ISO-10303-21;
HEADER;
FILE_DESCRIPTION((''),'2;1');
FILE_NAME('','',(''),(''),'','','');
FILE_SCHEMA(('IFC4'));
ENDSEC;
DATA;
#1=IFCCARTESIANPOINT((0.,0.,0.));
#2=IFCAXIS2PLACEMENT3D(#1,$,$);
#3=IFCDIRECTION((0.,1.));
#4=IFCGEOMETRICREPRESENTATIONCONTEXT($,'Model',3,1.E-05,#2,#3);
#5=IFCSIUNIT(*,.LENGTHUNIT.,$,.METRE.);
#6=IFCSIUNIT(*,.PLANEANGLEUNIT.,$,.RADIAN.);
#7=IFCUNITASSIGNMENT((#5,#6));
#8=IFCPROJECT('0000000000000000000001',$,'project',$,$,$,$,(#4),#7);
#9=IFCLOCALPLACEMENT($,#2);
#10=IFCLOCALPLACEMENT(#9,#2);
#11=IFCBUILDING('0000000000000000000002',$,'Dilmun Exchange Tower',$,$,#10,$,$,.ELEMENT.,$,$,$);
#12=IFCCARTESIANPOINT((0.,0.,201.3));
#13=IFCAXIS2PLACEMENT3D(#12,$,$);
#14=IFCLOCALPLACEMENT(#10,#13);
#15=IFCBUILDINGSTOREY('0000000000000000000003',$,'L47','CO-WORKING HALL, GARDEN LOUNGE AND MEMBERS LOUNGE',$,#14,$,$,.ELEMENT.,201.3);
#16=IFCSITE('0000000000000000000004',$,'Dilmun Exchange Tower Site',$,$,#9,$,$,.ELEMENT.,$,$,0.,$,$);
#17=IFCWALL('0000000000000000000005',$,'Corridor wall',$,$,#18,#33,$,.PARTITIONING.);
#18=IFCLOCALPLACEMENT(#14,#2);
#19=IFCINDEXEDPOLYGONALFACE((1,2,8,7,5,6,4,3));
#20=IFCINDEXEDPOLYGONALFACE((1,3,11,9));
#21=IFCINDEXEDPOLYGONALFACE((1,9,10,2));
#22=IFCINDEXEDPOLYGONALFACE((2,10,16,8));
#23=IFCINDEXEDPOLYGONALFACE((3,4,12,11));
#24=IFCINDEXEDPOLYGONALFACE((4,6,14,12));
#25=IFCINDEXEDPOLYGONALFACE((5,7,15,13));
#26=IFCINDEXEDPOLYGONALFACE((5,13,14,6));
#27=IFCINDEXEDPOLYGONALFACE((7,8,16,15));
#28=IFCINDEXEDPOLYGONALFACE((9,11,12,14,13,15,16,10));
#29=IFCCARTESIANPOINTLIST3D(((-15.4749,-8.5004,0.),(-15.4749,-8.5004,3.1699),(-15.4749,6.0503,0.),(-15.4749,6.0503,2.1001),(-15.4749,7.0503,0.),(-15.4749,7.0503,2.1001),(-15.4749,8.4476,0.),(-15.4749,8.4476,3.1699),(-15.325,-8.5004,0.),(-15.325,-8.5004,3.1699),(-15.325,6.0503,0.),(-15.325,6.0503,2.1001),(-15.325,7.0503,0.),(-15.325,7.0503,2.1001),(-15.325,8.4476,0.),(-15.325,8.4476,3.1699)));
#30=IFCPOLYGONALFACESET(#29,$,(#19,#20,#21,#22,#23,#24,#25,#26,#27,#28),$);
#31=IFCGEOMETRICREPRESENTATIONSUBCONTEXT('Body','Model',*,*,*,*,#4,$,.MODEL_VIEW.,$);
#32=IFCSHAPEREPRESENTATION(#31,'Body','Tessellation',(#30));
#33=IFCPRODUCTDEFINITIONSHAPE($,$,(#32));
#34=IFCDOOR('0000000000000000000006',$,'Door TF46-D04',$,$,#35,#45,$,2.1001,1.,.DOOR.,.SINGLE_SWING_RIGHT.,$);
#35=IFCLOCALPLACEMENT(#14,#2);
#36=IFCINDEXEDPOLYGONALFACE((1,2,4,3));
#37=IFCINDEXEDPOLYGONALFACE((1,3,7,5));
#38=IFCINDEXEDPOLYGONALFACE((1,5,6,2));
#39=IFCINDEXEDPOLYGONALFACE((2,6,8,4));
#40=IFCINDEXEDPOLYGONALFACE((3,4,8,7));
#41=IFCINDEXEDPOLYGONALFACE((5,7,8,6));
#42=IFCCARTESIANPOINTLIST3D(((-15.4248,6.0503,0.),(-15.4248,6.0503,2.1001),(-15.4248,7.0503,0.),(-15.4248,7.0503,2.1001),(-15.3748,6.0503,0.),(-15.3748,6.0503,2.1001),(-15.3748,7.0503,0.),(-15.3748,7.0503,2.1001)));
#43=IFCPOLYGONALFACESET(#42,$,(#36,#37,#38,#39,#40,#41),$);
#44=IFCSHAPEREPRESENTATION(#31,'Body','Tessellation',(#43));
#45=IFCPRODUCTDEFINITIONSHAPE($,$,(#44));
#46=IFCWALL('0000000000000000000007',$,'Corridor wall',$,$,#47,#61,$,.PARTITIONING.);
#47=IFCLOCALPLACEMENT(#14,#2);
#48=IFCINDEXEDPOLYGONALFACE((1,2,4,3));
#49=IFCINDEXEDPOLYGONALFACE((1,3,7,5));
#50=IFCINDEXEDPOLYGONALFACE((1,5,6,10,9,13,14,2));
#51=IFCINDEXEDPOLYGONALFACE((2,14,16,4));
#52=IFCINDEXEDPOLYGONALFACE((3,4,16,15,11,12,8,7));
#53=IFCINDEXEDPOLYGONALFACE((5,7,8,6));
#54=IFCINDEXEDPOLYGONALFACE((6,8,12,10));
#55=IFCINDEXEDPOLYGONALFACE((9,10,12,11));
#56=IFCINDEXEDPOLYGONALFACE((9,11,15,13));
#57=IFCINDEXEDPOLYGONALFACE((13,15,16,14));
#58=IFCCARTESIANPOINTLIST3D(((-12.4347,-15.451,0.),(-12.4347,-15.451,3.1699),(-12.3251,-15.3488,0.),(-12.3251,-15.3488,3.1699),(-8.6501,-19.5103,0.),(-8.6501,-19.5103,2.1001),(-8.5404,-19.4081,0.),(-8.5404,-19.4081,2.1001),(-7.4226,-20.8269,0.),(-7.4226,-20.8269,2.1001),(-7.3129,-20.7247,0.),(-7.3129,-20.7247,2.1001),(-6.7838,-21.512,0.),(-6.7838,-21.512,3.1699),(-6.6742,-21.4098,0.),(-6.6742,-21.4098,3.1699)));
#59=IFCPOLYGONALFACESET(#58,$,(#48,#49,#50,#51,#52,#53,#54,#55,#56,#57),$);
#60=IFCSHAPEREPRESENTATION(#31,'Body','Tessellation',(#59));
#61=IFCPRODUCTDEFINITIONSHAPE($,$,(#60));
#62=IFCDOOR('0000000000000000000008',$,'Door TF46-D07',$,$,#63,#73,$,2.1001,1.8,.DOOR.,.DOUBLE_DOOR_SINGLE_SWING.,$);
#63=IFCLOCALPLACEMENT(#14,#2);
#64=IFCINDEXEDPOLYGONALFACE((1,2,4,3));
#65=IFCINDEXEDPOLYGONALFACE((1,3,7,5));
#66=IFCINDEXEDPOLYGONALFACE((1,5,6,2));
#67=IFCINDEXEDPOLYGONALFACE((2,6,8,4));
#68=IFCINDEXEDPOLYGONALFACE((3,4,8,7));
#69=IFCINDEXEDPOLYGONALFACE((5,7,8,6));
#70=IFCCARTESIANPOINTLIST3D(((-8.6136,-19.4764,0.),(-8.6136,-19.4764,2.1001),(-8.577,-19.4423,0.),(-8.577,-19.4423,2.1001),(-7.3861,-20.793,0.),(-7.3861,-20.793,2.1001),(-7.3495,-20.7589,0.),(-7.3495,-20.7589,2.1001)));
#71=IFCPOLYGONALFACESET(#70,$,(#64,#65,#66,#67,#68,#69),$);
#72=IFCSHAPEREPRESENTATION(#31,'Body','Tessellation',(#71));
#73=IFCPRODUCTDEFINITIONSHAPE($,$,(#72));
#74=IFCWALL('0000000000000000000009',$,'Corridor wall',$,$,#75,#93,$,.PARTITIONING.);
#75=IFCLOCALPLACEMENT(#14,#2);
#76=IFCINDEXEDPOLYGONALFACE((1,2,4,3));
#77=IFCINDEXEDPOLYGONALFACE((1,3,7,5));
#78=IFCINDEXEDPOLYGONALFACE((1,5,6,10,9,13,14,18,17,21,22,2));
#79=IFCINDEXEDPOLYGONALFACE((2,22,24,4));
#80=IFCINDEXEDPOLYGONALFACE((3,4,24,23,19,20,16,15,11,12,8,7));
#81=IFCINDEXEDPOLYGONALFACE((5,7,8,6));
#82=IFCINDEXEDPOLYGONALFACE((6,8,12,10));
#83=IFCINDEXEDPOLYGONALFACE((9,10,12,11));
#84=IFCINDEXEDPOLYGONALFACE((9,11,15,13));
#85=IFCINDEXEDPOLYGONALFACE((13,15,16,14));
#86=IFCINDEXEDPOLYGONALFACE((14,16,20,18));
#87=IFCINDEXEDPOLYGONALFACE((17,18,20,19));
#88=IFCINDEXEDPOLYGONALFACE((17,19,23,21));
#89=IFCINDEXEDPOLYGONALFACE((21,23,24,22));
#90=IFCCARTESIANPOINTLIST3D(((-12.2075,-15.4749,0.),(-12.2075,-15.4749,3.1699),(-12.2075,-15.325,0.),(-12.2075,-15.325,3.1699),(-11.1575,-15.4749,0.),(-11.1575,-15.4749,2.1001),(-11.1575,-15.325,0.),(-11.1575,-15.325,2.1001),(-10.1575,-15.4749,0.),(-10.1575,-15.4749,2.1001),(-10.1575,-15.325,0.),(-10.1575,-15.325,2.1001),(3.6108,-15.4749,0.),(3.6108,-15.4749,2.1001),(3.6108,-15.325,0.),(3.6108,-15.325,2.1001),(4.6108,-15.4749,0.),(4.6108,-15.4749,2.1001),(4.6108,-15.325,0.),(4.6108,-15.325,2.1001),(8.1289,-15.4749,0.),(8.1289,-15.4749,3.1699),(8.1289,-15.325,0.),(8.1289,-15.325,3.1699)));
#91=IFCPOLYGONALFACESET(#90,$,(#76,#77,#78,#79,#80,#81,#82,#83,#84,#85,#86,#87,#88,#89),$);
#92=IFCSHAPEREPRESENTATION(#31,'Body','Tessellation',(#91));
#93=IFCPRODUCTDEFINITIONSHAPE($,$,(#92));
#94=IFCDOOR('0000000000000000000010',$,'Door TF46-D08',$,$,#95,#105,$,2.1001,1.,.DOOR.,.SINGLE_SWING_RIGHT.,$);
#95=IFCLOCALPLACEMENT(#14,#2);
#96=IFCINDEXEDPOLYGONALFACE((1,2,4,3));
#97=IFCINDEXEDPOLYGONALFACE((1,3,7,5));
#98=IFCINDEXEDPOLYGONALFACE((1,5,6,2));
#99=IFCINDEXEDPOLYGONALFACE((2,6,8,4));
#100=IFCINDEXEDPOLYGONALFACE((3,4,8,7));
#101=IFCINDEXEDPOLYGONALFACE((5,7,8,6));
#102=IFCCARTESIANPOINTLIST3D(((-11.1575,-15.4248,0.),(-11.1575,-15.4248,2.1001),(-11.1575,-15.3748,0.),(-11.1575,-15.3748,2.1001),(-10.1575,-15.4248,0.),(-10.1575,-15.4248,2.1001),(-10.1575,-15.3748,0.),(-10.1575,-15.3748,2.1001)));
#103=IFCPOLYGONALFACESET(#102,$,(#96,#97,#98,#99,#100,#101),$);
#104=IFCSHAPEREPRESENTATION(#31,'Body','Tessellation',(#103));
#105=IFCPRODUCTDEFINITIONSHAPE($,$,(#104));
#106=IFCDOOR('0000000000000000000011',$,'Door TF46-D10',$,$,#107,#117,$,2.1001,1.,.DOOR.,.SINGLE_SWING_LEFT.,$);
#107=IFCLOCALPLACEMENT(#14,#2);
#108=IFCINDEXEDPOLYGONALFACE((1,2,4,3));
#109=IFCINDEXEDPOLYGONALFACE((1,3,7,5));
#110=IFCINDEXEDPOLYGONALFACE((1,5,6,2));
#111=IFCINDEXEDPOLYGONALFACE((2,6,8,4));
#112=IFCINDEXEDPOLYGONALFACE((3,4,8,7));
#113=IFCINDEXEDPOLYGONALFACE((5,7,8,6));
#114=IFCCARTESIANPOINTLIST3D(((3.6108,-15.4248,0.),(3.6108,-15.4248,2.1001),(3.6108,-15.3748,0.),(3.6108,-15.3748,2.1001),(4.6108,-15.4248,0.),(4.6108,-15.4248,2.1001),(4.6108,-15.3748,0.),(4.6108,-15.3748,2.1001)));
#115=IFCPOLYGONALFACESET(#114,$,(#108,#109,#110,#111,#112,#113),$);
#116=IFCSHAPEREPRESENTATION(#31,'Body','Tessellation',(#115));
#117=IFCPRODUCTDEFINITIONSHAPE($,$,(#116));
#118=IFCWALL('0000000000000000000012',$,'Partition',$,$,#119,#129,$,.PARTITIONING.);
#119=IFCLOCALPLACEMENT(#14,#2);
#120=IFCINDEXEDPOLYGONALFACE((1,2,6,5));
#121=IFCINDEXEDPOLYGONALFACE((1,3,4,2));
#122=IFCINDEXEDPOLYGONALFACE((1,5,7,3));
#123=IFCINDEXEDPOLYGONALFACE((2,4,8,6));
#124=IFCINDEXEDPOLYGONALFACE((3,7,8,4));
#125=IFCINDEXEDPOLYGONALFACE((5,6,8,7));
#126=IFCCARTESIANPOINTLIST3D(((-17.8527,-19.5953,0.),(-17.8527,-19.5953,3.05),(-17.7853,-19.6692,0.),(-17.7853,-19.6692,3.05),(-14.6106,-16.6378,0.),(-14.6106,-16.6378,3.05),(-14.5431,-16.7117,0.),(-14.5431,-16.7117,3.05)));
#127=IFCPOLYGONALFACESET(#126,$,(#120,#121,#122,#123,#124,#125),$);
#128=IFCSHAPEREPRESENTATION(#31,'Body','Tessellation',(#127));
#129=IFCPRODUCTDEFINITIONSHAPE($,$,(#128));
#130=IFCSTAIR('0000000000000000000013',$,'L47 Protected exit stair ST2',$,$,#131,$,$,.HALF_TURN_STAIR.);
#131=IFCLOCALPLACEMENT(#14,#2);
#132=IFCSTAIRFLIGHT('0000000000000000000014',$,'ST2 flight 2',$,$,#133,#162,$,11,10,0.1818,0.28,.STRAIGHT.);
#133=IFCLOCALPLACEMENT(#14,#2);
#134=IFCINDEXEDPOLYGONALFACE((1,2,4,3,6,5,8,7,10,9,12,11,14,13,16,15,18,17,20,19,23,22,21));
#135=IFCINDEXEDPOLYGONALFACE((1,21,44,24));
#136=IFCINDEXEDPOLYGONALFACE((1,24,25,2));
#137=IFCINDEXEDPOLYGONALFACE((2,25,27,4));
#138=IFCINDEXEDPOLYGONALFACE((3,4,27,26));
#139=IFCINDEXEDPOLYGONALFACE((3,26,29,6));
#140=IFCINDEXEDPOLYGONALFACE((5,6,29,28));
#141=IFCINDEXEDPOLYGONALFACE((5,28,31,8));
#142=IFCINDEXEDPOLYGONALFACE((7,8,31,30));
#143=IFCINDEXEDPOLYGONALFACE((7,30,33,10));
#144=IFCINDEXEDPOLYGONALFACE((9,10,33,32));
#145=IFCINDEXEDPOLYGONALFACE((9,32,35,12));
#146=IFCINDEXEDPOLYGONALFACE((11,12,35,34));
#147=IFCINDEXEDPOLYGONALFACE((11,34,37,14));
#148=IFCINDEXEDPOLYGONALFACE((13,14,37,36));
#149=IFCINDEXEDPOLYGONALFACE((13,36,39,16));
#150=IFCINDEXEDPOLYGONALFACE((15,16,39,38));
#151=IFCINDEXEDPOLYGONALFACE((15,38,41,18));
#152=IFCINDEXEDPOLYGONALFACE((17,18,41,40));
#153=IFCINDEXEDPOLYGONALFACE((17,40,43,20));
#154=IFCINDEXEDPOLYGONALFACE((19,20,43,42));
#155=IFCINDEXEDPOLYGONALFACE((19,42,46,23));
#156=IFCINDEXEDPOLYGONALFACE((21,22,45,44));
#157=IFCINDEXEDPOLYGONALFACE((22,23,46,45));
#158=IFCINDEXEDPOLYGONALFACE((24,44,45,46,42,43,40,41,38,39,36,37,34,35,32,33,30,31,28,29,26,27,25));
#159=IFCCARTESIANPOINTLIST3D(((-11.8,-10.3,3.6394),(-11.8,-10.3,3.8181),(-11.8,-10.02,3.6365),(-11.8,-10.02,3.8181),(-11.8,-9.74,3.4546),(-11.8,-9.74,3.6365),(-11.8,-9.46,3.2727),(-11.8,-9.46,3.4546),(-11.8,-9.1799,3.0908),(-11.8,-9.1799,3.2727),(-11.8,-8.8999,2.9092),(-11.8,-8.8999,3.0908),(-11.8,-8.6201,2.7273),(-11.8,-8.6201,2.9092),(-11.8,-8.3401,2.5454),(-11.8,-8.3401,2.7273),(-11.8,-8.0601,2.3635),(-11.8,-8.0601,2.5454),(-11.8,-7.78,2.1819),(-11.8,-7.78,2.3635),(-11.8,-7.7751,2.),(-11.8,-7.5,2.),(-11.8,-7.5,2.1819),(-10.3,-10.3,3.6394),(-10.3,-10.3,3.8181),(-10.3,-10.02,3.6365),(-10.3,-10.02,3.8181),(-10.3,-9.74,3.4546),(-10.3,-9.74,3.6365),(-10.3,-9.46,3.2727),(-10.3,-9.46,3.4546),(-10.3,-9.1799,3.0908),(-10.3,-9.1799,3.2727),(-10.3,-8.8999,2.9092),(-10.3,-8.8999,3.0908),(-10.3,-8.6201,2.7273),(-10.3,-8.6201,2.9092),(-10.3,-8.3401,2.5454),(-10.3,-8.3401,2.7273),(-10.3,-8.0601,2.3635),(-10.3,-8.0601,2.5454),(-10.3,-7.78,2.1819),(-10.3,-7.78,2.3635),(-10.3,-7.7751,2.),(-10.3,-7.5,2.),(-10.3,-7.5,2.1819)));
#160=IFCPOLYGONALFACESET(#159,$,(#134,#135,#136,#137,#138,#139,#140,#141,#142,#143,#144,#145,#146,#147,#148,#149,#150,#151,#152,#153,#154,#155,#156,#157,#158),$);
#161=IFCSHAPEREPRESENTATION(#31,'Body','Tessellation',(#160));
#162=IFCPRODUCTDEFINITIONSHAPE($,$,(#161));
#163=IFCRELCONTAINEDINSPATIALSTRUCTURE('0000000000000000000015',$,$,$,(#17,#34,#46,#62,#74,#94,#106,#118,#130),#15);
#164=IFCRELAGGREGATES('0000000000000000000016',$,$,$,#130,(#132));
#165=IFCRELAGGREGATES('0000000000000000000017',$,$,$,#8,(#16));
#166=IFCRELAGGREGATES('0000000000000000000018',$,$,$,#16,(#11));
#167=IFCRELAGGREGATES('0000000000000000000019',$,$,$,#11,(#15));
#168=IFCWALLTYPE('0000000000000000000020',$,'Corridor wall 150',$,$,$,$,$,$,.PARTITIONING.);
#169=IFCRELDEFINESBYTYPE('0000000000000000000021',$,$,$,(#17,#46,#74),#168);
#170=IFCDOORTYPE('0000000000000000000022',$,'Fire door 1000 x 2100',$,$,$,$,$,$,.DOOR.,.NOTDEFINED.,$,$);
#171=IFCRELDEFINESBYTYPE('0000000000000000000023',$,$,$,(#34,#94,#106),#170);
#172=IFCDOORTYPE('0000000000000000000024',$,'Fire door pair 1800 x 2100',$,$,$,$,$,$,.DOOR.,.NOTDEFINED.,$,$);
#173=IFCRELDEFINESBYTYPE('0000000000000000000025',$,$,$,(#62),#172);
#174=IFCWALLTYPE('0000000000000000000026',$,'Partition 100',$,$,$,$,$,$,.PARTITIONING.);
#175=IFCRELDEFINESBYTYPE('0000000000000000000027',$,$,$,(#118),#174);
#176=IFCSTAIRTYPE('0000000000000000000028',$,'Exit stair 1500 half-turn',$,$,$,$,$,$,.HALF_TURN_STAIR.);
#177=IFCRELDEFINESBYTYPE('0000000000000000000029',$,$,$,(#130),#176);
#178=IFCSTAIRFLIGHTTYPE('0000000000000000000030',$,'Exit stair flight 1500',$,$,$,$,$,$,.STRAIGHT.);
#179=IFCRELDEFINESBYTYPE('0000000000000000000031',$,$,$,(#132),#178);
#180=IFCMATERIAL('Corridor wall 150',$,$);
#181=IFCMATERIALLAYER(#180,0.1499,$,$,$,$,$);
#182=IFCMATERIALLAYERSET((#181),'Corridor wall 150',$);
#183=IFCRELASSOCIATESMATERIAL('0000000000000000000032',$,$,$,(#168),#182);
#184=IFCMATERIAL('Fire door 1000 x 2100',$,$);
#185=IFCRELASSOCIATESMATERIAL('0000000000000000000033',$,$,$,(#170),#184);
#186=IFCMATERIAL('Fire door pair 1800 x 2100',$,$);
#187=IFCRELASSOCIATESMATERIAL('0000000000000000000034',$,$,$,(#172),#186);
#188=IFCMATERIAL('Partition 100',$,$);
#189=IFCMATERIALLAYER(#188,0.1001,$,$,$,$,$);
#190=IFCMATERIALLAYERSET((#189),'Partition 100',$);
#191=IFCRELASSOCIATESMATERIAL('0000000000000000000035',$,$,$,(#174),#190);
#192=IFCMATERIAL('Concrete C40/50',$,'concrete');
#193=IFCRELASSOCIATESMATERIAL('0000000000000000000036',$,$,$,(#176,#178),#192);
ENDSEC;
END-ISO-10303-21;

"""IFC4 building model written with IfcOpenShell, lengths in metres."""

from ifc_helpers import new_model, si_unit, direction, frame, frame_2d, origin, place, context, subcontext, project, spatial, polyline, rectangle, outline, extrude, material, layer, layer_set, type_object, element, fill, aggregate, save


model = new_model("IFC4")

# Units and contexts
model_context = context("Model", 3, precision=1e-05, world=origin(), true_north=direction((0.0, 1.0)))
body_context = subcontext(model_context, "Body", "Model", "MODEL_VIEW")
ifc_project = project(units=[si_unit("LENGTHUNIT", "METRE"), si_unit("PLANEANGLEUNIT", "RADIAN")], contexts=[model_context])

# Site, building, storey
site_placement = place(None, origin())
site = spatial("IfcSite", under=ifc_project, at=site_placement, Name="Dilmun Exchange Tower Site", CompositionType="ELEMENT", RefElevation=0.0)
building_placement = place(site_placement, origin())
building = spatial("IfcBuilding", under=site, at=building_placement, Name="Dilmun Exchange Tower", CompositionType="ELEMENT")
storey_placement = place(building_placement, frame((0.0, 0.0, 201.3)))
storey = spatial("IfcBuildingStorey", under=building, at=storey_placement, Name="L47", Description="CO-WORKING HALL, GARDEN LOUNGE AND MEMBERS LOUNGE", CompositionType="ELEMENT", Elevation=201.3)

# Shared definitions
ifc_material_1 = material(Name="Concrete C40/50", Category="concrete")

# Shared definitions
ifc_material_2 = material(Name="Corridor wall 150")
ifc_layer_1 = layer(ifc_material_2, 0.1499)
ifc_layer_set_1 = layer_set([ifc_layer_1], Name="Corridor wall 150")
wall_type_1 = type_object("IfcWallType", Name="Corridor wall 150", PredefinedType="PARTITIONING", material=ifc_layer_set_1)

# Walls, openings, doors
wall_1_placement = place(storey_placement, frame((-15.3999, -8.5005, 0.0), z_axis=(0.0, 0.0, 1.0), x_axis=(0.0, 1.0, 0.0)))
wall_1 = element("IfcWall", 1, at=wall_1_placement, inside=storey, type_object=wall_type_1, Name="Corridor wall", PredefinedType="PARTITIONING", context=body_context, shape_type="SweptSolid", body=[
    extrude(rectangle(XDim=16.948, YDim=0.1499, at=frame_2d((8.4741, 0.0))), origin(), (0.0, 0.0, 1.0), 3.1699),
])
opening_1_placement = place(wall_1_placement, frame((14.5508, 0.0, 0.0)))
opening_1 = element("IfcOpeningElement", 2, at=opening_1_placement, cuts=wall_1, PredefinedType="OPENING", context=body_context, shape_type="SweptSolid", body=[
    extrude(rectangle(XDim=1.0, YDim=2.1001, at=frame_2d((0.5, 1.05))), frame((0.0, 0.085, 0.0), z_axis=(0.0, -1.0, 0.0), x_axis=(1.0, 0.0, 0.0)), (0.0, 0.0, 1.0), 0.1699),
])
ifc_material_3 = material(Name="Fire door 1000 x 2100")
door_type_1 = type_object("IfcDoorType", Name="Fire door 1000 x 2100", OperationType="NOTDEFINED", PredefinedType="DOOR", material=ifc_material_3)
door_1_placement = place(opening_1_placement, origin())
door_1 = element("IfcDoor", 3, at=door_1_placement, inside=storey, type_object=door_type_1, Name="Door TF46-D04", OperationType="SINGLE_SWING_RIGHT", OverallHeight=2.1001, OverallWidth=1.0, PredefinedType="DOOR", context=body_context, shape_type="SweptSolid", body=[
    extrude(rectangle(XDim=1.0, YDim=2.1001, at=frame_2d((0.5, 1.05))), frame((0.0, 0.0249, 0.0), z_axis=(0.0, -1.0, 0.0), x_axis=(1.0, 0.0, 0.0)), (0.0, 0.0, 1.0), 0.05),
])
fill(opening_1, door_1)
wall_2_placement = place(storey_placement, frame((-12.3799, -15.3999, 0.0), z_axis=(0.0, 0.0, 1.0), x_axis=(0.681926, -0.731422, 0.0)))
wall_2 = element("IfcWall", 4, at=wall_2_placement, inside=storey, type_object=wall_type_1, Name="Corridor wall", PredefinedType="PARTITIONING", context=body_context, shape_type="SweptSolid", body=[
    extrude(rectangle(XDim=8.2866, YDim=0.1499, at=frame_2d((4.1433, 0.0))), origin(), (0.0, 0.0, 1.0), 3.1699),
])
opening_2_placement = place(wall_2_placement, frame((5.55, 0.0, 0.0)))
opening_2 = element("IfcOpeningElement", 5, at=opening_2_placement, cuts=wall_2, PredefinedType="OPENING", context=body_context, shape_type="SweptSolid", body=[
    extrude(rectangle(XDim=1.8, YDim=2.1001, at=frame_2d((0.8999, 1.05))), frame((0.0, 0.085, 0.0), z_axis=(0.0, -1.0, 0.0), x_axis=(1.0, 0.0, 0.0)), (0.0, 0.0, 1.0), 0.1699),
])
ifc_material_4 = material(Name="Fire door pair 1800 x 2100")
door_type_2 = type_object("IfcDoorType", Name="Fire door pair 1800 x 2100", OperationType="NOTDEFINED", PredefinedType="DOOR", material=ifc_material_4)
door_2_placement = place(opening_2_placement, origin())
door_2 = element("IfcDoor", 6, at=door_2_placement, inside=storey, type_object=door_type_2, Name="Door TF46-D07", OperationType="DOUBLE_DOOR_SINGLE_SWING", OverallHeight=2.1001, OverallWidth=1.8, PredefinedType="DOOR", context=body_context, shape_type="SweptSolid", body=[
    extrude(rectangle(XDim=1.8, YDim=2.1001, at=frame_2d((0.8999, 1.05))), frame((0.0, 0.0249, 0.0), z_axis=(0.0, -1.0, 0.0), x_axis=(1.0, 0.0, 0.0)), (0.0, 0.0, 1.0), 0.05),
])
fill(opening_2, door_2)

# Wall, openings, doors
wall_3_placement = place(storey_placement, frame((-12.2075, -15.3999, 0.0), z_axis=(0.0, 0.0, 1.0), x_axis=(1.0, 0.0, 0.0)))
wall_3 = element("IfcWall", 7, at=wall_3_placement, inside=storey, type_object=wall_type_1, Name="Corridor wall", PredefinedType="PARTITIONING", context=body_context, shape_type="SweptSolid", body=[
    extrude(rectangle(XDim=20.3364, YDim=0.1499, at=frame_2d((10.1682, 0.0))), origin(), (0.0, 0.0, 1.0), 3.1699),
])
opening_3_placement = place(wall_3_placement, frame((1.05, 0.0, 0.0)))
opening_3 = element("IfcOpeningElement", 8, at=opening_3_placement, cuts=wall_3, PredefinedType="OPENING", context=body_context, shape_type="SweptSolid", body=[
    extrude(rectangle(XDim=1.0, YDim=2.1001, at=frame_2d((0.5, 1.05))), frame((0.0, 0.085, 0.0), z_axis=(0.0, -1.0, 0.0), x_axis=(1.0, 0.0, 0.0)), (0.0, 0.0, 1.0), 0.1699),
])
opening_4_placement = place(wall_3_placement, frame((15.8184, 0.0, 0.0)))
opening_4 = element("IfcOpeningElement", 9, at=opening_4_placement, cuts=wall_3, PredefinedType="OPENING", context=body_context, shape_type="SweptSolid", body=[
    extrude(rectangle(XDim=1.0, YDim=2.1001, at=frame_2d((0.5, 1.05))), frame((0.0, 0.085, 0.0), z_axis=(0.0, -1.0, 0.0), x_axis=(1.0, 0.0, 0.0)), (0.0, 0.0, 1.0), 0.1699),
])
door_3_placement = place(opening_3_placement, frame((1.0, 0.0, 0.0), z_axis=(0.0, 0.0, 1.0), x_axis=(-1.0, 0.0, 0.0)))
door_3 = element("IfcDoor", 10, at=door_3_placement, inside=storey, type_object=door_type_1, Name="Door TF46-D08", OperationType="SINGLE_SWING_RIGHT", OverallHeight=2.1001, OverallWidth=1.0, PredefinedType="DOOR", context=body_context, shape_type="SweptSolid", body=[
    extrude(rectangle(XDim=1.0, YDim=2.1001, at=frame_2d((0.5, 1.05))), frame((0.0, 0.0249, 0.0), z_axis=(0.0, -1.0, 0.0), x_axis=(1.0, 0.0, 0.0)), (0.0, 0.0, 1.0), 0.05),
])
fill(opening_3, door_3)
door_4_placement = place(opening_4_placement, frame((1.0, 0.0, 0.0), z_axis=(0.0, 0.0, 1.0), x_axis=(-1.0, 0.0, 0.0)))
door_4 = element("IfcDoor", 11, at=door_4_placement, inside=storey, type_object=door_type_1, Name="Door TF46-D10", OperationType="SINGLE_SWING_LEFT", OverallHeight=2.1001, OverallWidth=1.0, PredefinedType="DOOR", context=body_context, shape_type="SweptSolid", body=[
    extrude(rectangle(XDim=1.0, YDim=2.1001, at=frame_2d((0.5, 1.05))), frame((0.0, 0.0249, 0.0), z_axis=(0.0, -1.0, 0.0), x_axis=(1.0, 0.0, 0.0)), (0.0, 0.0, 1.0), 0.05),
])
fill(opening_4, door_4)

# Wall
ifc_material_5 = material(Name="Partition 100")
ifc_layer_2 = layer(ifc_material_5, 0.1001)
ifc_layer_set_2 = layer_set([ifc_layer_2], Name="Partition 100")
wall_type_2 = type_object("IfcWallType", Name="Partition 100", PredefinedType="PARTITIONING", material=ifc_layer_set_2)
wall_4_placement = place(storey_placement, frame((-17.8191, -19.6323, 0.0), z_axis=(0.0, 0.0, 1.0), x_axis=(0.738796, 0.673929, 0.0)))
element("IfcWall", 12, at=wall_4_placement, inside=storey, type_object=wall_type_2, Name="Partition", PredefinedType="PARTITIONING", context=body_context, shape_type="SweptSolid", body=[
    extrude(rectangle(XDim=4.3884, YDim=0.1001, at=frame_2d((2.1943, 0.0))), origin(), (0.0, 0.0, 1.0), 3.05),
])

# Stair, stair flight
stair_type = type_object("IfcStairType", Name="Exit stair 1500 half-turn", PredefinedType="HALF_TURN_STAIR", material=ifc_material_1)
stair_placement = place(storey_placement, origin())
stair = element("IfcStair", 13, at=stair_placement, inside=storey, type_object=stair_type, Name="L47 Protected exit stair ST2", PredefinedType="HALF_TURN_STAIR")
stair_flight_type = type_object("IfcStairFlightType", Name="Exit stair flight 1500", PredefinedType="STRAIGHT", material=ifc_material_1)
stair_flight_placement = place(storey_placement, frame((-11.05, -7.5, 2.0), z_axis=(0.0, 0.0, 1.0), x_axis=(0.0, -1.0, 0.0)))
stair_flight = element("IfcStairFlight", 14, at=stair_flight_placement, type_object=stair_flight_type, Name="ST2 flight 2", NumberOfRisers=11, NumberOfTreads=10, PredefinedType="STRAIGHT", RiserHeight=0.1818, TreadLength=0.28, context=body_context, shape_type="SweptSolid", body=[
    extrude(outline(polyline([(0.0, 0.0), (0.0, 0.1819), (0.28, 0.1819), (0.28, 0.3635), (0.5601, 0.3635), (0.5601, 0.5454), (0.8401, 0.5454), (0.8401, 0.7273), (1.1201, 0.7273), (1.1201, 0.9092), (1.3999, 0.9092), (1.3999, 1.0908), (1.6799, 1.0908), (1.6799, 1.2727), (1.96, 1.2727), (1.96, 1.4546), (2.24, 1.4546), (2.24, 1.6365), (2.52, 1.6365), (2.52, 1.8181), (2.8, 1.8181), (2.8, 2.0), (2.8, 1.6394), (0.2751, 0.0), (0.0, 0.0)])), frame((0.0, 0.75, 0.0), z_axis=(0.0, -1.0, 0.0), x_axis=(1.0, 0.0, 0.0)), (0.0, 0.0, 1.0), 1.5),
])
aggregate(stair, [stair_flight])

save(model, "model.ifc")
